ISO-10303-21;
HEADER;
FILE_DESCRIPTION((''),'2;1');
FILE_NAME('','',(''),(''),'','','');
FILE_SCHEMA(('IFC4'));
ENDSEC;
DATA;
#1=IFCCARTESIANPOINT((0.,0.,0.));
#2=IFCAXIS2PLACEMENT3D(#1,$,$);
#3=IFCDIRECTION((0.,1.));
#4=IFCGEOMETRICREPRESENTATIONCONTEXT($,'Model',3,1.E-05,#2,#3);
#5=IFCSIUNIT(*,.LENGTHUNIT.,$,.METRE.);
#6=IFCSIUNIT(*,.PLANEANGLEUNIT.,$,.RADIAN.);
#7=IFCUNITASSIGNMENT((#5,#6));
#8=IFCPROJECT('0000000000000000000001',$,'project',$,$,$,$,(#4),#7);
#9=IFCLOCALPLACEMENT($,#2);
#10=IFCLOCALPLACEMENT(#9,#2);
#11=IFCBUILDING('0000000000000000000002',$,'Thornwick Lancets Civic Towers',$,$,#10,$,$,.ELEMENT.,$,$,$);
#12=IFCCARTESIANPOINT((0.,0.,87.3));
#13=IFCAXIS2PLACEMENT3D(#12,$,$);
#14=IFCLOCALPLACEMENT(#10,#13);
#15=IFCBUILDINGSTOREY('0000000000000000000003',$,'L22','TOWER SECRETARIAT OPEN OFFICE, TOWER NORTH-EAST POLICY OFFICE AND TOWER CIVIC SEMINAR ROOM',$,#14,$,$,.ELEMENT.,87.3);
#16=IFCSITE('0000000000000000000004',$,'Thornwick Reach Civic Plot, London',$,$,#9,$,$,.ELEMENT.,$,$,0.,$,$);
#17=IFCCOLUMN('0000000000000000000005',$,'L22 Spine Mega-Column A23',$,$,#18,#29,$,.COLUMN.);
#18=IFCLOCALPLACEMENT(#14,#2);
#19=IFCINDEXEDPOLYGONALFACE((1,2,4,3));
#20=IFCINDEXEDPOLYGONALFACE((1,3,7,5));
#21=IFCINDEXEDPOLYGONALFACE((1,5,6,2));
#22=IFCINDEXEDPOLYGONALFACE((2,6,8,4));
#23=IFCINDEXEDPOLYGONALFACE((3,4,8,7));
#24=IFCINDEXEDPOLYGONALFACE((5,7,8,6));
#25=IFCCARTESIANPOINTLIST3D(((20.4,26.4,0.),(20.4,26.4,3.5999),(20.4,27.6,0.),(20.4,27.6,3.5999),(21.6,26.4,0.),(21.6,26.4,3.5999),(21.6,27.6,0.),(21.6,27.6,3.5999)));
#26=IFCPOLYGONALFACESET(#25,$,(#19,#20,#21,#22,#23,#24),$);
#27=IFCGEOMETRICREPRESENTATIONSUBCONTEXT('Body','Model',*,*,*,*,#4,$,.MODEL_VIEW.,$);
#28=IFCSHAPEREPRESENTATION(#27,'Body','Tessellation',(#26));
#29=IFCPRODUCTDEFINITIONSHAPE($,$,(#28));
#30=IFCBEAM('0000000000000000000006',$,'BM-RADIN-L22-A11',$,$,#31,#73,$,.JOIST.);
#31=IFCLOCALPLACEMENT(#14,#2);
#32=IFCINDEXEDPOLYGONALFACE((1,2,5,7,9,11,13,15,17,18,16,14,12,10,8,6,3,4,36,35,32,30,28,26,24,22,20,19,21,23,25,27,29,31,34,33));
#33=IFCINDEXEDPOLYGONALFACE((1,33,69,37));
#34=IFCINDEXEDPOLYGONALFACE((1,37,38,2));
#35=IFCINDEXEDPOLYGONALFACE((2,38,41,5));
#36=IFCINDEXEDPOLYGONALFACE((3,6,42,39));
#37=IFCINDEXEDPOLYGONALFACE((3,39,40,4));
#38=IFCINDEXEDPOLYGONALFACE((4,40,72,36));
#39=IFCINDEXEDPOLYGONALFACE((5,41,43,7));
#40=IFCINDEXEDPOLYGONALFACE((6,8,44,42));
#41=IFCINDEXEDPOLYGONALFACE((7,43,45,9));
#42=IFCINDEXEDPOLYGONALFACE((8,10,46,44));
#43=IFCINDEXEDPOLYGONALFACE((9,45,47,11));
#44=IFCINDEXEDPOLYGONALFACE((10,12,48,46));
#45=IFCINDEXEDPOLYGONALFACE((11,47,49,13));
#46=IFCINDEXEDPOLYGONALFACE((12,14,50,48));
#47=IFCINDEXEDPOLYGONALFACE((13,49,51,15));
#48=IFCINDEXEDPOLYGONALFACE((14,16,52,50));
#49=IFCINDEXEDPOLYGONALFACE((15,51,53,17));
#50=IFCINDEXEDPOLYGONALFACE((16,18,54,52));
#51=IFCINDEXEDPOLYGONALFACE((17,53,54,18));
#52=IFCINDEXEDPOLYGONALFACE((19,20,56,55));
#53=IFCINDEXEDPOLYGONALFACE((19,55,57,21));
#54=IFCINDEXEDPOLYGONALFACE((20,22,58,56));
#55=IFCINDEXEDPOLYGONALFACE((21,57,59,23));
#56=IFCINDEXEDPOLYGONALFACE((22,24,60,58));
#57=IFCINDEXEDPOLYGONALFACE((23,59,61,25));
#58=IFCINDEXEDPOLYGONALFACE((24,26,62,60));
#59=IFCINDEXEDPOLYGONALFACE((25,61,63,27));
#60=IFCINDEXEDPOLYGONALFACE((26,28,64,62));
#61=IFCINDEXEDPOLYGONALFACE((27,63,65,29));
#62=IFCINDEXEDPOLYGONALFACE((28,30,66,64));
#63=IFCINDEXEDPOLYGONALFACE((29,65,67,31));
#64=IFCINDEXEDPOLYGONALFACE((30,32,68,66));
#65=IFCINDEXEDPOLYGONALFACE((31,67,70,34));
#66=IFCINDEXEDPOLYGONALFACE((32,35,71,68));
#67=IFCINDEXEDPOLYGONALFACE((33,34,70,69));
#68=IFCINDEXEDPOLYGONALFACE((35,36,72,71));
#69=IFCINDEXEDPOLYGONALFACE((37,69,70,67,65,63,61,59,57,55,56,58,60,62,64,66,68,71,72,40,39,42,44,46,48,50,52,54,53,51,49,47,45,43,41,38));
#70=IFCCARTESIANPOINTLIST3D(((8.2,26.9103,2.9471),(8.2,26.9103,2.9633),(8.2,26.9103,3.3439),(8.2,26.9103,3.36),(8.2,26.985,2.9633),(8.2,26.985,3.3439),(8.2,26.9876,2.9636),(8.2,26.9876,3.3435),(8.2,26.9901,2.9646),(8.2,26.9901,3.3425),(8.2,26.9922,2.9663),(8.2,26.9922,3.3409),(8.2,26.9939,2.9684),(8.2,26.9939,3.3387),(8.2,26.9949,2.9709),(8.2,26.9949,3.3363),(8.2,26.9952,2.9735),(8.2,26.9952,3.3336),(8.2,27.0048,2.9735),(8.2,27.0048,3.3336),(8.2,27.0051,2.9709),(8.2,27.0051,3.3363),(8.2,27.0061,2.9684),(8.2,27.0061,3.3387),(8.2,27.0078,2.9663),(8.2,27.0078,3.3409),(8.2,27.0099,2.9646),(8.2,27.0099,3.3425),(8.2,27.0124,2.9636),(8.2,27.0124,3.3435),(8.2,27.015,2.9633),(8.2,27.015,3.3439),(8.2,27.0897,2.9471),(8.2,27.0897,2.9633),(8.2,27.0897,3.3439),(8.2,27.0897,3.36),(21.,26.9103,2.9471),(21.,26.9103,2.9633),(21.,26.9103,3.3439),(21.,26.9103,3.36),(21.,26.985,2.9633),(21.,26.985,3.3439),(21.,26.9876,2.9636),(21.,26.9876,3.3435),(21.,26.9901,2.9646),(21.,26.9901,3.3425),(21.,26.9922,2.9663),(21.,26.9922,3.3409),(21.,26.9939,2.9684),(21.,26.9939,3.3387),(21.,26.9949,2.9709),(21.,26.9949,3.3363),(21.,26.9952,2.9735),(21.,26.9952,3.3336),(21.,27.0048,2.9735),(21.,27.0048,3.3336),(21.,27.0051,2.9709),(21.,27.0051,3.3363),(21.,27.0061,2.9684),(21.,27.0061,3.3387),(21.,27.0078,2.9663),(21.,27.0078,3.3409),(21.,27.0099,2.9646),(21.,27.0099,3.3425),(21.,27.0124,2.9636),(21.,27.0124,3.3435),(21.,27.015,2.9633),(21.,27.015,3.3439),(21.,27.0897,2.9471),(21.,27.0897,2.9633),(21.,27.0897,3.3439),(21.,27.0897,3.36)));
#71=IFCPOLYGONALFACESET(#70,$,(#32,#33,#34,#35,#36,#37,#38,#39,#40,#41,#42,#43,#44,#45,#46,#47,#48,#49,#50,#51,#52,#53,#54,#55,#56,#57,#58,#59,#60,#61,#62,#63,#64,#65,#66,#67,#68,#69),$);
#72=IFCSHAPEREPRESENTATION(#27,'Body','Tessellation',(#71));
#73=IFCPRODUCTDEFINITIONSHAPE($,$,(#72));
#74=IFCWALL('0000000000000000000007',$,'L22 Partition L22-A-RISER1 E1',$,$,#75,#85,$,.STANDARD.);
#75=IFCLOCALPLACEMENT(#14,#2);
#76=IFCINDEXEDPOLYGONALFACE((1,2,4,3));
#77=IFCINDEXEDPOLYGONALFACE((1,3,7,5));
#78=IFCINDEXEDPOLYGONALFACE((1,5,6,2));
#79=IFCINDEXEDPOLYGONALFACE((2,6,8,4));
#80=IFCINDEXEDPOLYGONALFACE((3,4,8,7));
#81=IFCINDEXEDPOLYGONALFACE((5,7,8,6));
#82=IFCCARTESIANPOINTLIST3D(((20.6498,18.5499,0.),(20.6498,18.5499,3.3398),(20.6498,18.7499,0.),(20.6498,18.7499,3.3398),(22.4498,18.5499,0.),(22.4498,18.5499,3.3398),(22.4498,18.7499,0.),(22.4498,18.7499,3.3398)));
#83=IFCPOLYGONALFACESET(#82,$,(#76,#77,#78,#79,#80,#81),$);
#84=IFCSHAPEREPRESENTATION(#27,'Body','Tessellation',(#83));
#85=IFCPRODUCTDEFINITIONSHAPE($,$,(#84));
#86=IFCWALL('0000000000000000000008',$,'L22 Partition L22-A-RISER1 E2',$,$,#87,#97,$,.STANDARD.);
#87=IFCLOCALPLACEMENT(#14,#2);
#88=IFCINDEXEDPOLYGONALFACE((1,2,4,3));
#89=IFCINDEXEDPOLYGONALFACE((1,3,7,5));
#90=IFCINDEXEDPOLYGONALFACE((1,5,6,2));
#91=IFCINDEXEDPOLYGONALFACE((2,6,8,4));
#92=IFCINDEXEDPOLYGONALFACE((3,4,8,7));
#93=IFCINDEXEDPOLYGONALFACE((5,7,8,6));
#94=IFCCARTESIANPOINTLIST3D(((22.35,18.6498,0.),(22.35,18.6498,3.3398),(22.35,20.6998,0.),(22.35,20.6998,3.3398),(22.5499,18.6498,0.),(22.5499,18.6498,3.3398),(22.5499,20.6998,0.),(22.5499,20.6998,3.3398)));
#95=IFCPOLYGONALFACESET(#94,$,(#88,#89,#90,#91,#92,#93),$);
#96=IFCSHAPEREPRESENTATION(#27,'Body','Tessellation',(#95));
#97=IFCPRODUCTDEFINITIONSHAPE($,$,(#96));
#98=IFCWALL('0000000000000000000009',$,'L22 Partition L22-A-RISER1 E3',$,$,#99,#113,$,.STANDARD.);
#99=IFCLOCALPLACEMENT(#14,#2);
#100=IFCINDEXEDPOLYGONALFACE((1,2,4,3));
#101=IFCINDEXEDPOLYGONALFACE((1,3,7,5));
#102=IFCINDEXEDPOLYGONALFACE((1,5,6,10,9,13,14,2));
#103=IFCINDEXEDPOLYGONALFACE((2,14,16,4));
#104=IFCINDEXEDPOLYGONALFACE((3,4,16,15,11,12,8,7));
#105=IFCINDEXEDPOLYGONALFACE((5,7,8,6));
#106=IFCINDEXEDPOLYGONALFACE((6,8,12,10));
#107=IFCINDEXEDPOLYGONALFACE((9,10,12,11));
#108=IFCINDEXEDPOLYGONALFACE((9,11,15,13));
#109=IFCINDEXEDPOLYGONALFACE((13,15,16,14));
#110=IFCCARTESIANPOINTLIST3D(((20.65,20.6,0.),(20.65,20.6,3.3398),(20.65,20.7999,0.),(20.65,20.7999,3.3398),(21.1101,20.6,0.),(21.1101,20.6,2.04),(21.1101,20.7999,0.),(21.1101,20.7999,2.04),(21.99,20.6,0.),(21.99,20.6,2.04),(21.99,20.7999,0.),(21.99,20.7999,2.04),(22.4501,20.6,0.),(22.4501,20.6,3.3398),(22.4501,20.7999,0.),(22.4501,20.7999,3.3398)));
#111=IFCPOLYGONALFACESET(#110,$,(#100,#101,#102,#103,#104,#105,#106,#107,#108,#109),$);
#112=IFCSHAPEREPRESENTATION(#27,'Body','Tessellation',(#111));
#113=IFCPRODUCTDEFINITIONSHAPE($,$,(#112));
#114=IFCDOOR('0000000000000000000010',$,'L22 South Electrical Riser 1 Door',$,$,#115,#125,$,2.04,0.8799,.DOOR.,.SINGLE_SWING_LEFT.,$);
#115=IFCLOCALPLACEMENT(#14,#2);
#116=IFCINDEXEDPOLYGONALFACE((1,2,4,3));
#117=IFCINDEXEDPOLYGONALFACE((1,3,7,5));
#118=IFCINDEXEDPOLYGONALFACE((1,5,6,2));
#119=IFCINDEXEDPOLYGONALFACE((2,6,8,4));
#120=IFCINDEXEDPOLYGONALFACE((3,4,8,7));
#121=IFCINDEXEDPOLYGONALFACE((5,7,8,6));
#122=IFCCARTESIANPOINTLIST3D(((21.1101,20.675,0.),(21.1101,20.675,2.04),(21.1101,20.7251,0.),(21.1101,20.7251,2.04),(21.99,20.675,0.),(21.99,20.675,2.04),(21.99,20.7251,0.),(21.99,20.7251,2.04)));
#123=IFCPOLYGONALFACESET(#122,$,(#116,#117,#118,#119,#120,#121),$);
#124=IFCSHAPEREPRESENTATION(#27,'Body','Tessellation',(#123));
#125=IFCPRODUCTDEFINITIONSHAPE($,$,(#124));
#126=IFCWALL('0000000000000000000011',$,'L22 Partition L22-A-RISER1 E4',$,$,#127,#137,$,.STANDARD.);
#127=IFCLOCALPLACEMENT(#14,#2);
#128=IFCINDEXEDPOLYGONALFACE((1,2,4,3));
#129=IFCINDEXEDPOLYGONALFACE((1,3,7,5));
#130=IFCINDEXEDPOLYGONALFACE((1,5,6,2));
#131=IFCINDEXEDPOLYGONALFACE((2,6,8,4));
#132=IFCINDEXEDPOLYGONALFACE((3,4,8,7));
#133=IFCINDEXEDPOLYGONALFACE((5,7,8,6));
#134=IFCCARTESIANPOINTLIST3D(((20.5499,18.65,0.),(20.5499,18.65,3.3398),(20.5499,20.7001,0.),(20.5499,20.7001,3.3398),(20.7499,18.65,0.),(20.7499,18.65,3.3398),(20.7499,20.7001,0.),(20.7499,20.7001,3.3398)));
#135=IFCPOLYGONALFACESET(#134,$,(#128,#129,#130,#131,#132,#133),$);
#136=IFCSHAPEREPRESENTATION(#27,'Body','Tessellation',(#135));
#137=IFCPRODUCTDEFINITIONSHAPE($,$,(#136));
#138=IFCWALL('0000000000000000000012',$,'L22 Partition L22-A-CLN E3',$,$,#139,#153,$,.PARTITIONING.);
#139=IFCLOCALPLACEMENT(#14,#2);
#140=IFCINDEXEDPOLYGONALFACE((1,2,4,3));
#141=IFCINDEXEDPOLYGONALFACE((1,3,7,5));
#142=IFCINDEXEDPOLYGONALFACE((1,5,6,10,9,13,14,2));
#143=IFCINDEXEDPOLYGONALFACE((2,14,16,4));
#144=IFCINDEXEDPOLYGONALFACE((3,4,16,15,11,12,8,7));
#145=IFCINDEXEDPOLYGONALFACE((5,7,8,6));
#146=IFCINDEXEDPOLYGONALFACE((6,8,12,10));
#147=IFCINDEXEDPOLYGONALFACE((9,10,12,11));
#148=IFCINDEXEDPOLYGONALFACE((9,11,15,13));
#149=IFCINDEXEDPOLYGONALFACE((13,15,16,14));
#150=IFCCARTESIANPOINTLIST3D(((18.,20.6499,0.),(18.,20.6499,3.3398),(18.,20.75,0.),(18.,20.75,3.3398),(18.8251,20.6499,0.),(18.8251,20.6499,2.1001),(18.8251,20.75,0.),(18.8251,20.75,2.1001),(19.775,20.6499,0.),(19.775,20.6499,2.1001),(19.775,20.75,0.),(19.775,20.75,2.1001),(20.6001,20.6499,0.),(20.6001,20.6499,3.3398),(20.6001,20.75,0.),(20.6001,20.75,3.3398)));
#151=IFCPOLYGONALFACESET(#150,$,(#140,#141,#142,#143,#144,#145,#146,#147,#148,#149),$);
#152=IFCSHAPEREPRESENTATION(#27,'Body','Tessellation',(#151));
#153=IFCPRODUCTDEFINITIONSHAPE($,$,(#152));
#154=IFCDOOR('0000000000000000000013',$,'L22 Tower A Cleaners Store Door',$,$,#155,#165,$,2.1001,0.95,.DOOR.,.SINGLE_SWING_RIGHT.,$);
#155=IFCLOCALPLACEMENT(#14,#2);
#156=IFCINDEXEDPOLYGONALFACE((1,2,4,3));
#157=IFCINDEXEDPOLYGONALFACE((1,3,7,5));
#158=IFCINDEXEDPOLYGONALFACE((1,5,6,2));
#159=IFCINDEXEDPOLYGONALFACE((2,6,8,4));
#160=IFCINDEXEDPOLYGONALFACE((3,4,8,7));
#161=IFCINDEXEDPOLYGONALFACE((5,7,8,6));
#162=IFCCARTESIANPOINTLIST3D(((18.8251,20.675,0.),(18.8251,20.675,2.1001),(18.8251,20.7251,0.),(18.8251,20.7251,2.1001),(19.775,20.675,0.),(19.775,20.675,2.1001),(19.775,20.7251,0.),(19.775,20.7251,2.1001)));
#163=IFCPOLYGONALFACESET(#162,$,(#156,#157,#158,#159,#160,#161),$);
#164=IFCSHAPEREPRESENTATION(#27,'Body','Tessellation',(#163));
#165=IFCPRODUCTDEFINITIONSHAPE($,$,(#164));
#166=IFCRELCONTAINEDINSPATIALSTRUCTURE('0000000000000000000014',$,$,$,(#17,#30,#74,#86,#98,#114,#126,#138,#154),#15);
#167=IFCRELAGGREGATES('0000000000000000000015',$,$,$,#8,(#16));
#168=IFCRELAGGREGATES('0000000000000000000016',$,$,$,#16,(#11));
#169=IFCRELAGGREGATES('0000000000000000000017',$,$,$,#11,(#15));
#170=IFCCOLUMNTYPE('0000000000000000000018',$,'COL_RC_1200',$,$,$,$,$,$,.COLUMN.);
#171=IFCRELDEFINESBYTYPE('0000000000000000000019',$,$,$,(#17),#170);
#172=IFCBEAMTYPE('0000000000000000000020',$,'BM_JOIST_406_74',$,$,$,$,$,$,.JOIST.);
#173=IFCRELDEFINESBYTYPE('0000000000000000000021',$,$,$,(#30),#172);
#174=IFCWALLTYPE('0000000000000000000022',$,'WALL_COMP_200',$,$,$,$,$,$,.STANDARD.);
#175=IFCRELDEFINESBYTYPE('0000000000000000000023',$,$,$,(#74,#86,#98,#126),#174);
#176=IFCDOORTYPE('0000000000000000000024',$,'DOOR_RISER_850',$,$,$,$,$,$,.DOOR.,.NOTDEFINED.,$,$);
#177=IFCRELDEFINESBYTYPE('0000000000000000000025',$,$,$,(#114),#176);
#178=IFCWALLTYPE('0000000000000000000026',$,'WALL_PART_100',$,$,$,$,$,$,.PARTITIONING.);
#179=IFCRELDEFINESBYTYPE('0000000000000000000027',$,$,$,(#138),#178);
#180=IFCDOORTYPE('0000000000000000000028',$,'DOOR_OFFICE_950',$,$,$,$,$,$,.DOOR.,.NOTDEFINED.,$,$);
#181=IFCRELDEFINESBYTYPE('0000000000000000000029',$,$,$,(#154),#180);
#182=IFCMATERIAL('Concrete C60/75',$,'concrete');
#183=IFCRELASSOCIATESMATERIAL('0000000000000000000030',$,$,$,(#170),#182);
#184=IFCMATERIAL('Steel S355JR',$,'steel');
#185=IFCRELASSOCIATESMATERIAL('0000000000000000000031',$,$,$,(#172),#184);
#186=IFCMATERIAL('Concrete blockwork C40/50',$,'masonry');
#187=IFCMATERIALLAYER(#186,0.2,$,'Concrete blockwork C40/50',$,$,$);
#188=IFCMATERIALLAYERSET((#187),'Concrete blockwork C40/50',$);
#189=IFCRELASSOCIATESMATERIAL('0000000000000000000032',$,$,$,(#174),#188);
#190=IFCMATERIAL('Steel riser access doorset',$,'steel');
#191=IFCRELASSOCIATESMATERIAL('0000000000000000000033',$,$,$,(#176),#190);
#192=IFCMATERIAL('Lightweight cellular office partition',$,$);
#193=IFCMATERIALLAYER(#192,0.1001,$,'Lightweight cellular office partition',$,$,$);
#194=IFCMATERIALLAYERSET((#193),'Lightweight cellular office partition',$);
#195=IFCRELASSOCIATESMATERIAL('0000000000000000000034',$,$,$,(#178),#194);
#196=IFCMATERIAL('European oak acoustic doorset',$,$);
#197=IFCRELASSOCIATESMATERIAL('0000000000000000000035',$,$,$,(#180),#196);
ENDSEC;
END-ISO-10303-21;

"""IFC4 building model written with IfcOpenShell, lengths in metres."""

from ifc_helpers import new_model, si_unit, direction, frame, frame_2d, origin, origin_2d, place, context, subcontext, project, spatial, rectangle, i_section, extrude, material, layer, layer_set, material_profile, profile_set, type_object, element, fill, save


model = new_model("IFC4")

# Units and contexts
model_context = context("Model", 3, precision=1e-05, world=origin(), true_north=direction((0.0, 1.0)))
body_context = subcontext(model_context, "Body", "Model", "MODEL_VIEW")
ifc_project = project(units=[si_unit("LENGTHUNIT", "METRE"), si_unit("PLANEANGLEUNIT", "RADIAN")], contexts=[model_context])

# Site, building, storey
site_placement = place(None, origin())
site = spatial("IfcSite", under=ifc_project, at=site_placement, Name="Thornwick Reach Civic Plot, London", CompositionType="ELEMENT", RefElevation=0.0)
building_placement = place(site_placement, origin())
building = spatial("IfcBuilding", under=site, at=building_placement, Name="Thornwick Lancets Civic Towers", CompositionType="ELEMENT")
storey_placement = place(building_placement, frame((0.0, 0.0, 87.3)))
storey = spatial("IfcBuildingStorey", under=building, at=storey_placement, Name="L22", Description="TOWER SECRETARIAT OPEN OFFICE, TOWER NORTH-EAST POLICY OFFICE AND TOWER CIVIC SEMINAR ROOM", CompositionType="ELEMENT", Elevation=87.3)

# Column
ifc_material_1 = material(Name="Concrete C60/75", Category="concrete")
ifc_material_profile_1 = material_profile(ifc_material_1, rectangle(XDim=1.2, YDim=1.2, at=origin_2d()), Name="RC 1200x1200")
ifc_profile_set_1 = profile_set([ifc_material_profile_1], Name="Concrete C60/75")
column_type = type_object("IfcColumnType", Name="COL_RC_1200", PredefinedType="COLUMN", material=ifc_profile_set_1)
column_placement = place(storey_placement, frame((21.0, 27.0, 0.0), z_axis=(0.0, 0.0, 1.0), x_axis=(1.0, 0.0, 0.0)))
element("IfcColumn", 1, at=column_placement, inside=storey, type_object=column_type, Name="L22 Spine Mega-Column A23", PredefinedType="COLUMN", context=body_context, shape_type="SweptSolid", body=[
    extrude(rectangle(XDim=1.2, YDim=1.2, at=origin_2d()), origin(), (0.0, 0.0, 1.0), 3.5999),
])

# Beam
ifc_material_2 = material(Name="Steel S355JR", Category="steel")
ifc_material_profile_2 = material_profile(ifc_material_2, i_section(OverallWidth=0.1794, OverallDepth=0.4128, WebThickness=0.0095, FlangeThickness=0.0161, FilletRadius=0.0103, at=origin_2d()), Name="UKB 406x178x74")
ifc_profile_set_2 = profile_set([ifc_material_profile_2], Name="Steel S355JR")
beam_type = type_object("IfcBeamType", Name="BM_JOIST_406_74", PredefinedType="JOIST", material=ifc_profile_set_2)
beam_placement = place(storey_placement, frame((21.0, 27.0, 3.1536), z_axis=(-1.0, 0.0, 0.0), x_axis=(0.0, -1.0, 0.0)))
element("IfcBeam", 2, at=beam_placement, inside=storey, type_object=beam_type, Name="BM-RADIN-L22-A11", PredefinedType="JOIST", context=body_context, shape_type="SweptSolid", body=[
    extrude(i_section(OverallWidth=0.1794, OverallDepth=0.4128, WebThickness=0.0095, FlangeThickness=0.0161, FilletRadius=0.0103, at=origin_2d()), origin(), (0.0, 0.0, 1.0), 12.8),
])

# Walls
ifc_material_3 = material(Name="Concrete blockwork C40/50", Category="masonry")
ifc_layer_1 = layer(ifc_material_3, 0.2, Name="Concrete blockwork C40/50")
ifc_layer_set_1 = layer_set([ifc_layer_1], Name="Concrete blockwork C40/50")
wall_type_1 = type_object("IfcWallType", Name="WALL_COMP_200", PredefinedType="STANDARD", material=ifc_layer_set_1)
wall_1_placement = place(storey_placement, frame((20.6499, 18.6499, 0.0), z_axis=(0.0, 0.0, 1.0), x_axis=(1.0, 0.0, 0.0)))
element("IfcWall", 3, at=wall_1_placement, inside=storey, type_object=wall_type_1, Name="L22 Partition L22-A-RISER1 E1", PredefinedType="STANDARD", context=body_context, shape_type="SweptSolid", body=[
    extrude(rectangle(XDim=1.8, YDim=0.2, at=frame_2d((0.8999, 0.0))), origin(), (0.0, 0.0, 1.0), 3.3398),
])
wall_2_placement = place(storey_placement, frame((22.45, 18.6499, 0.0), z_axis=(0.0, 0.0, 1.0), x_axis=(0.0, 1.0, 0.0)))
element("IfcWall", 4, at=wall_2_placement, inside=storey, type_object=wall_type_1, Name="L22 Partition L22-A-RISER1 E2", PredefinedType="STANDARD", context=body_context, shape_type="SweptSolid", body=[
    extrude(rectangle(XDim=2.05, YDim=0.2, at=frame_2d((1.0249, 0.0))), origin(), (0.0, 0.0, 1.0), 3.3398),
])

# Wall, opening, door
wall_3_placement = place(storey_placement, frame((22.45, 20.7, 0.0), z_axis=(0.0, 0.0, 1.0), x_axis=(-1.0, 0.0, 0.0)))
wall_3 = element("IfcWall", 5, at=wall_3_placement, inside=storey, type_object=wall_type_1, Name="L22 Partition L22-A-RISER1 E3", PredefinedType="STANDARD", context=body_context, shape_type="SweptSolid", body=[
    extrude(rectangle(XDim=1.8, YDim=0.2, at=frame_2d((0.8999, 0.0))), origin(), (0.0, 0.0, 1.0), 3.3398),
])
opening_1_placement = place(wall_3_placement, frame((0.46, 0.0, 0.0)))
opening_1 = element("IfcOpeningElement", 6, at=opening_1_placement, cuts=wall_3, PredefinedType="OPENING", context=body_context, shape_type="SweptSolid", body=[
    extrude(rectangle(XDim=0.8799, YDim=2.04, at=frame_2d((0.4399, 1.02))), frame((0.0, 0.1099, 0.0), z_axis=(0.0, -1.0, 0.0), x_axis=(1.0, 0.0, 0.0)), (0.0, 0.0, 1.0), 0.22),
])
ifc_material_4 = material(Name="Steel riser access doorset", Category="steel")
door_type_1 = type_object("IfcDoorType", Name="DOOR_RISER_850", OperationType="NOTDEFINED", PredefinedType="DOOR", material=ifc_material_4)
door_1_placement = place(opening_1_placement, origin())
door_1 = element("IfcDoor", 7, at=door_1_placement, inside=storey, type_object=door_type_1, Name="L22 South Electrical Riser 1 Door", OperationType="SINGLE_SWING_LEFT", OverallHeight=2.04, OverallWidth=0.8799, PredefinedType="DOOR", context=body_context, shape_type="SweptSolid", body=[
    extrude(rectangle(XDim=0.8799, YDim=2.04, at=frame_2d((0.4399, 1.02))), frame((0.0, 0.0249, 0.0), z_axis=(0.0, -1.0, 0.0), x_axis=(1.0, 0.0, 0.0)), (0.0, 0.0, 1.0), 0.05),
])
fill(opening_1, door_1)

# Wall
wall_4_placement = place(storey_placement, frame((20.6499, 20.7, 0.0), z_axis=(0.0, 0.0, 1.0), x_axis=(0.0, -1.0, 0.0)))
element("IfcWall", 8, at=wall_4_placement, inside=storey, type_object=wall_type_1, Name="L22 Partition L22-A-RISER1 E4", PredefinedType="STANDARD", context=body_context, shape_type="SweptSolid", body=[
    extrude(rectangle(XDim=2.05, YDim=0.2, at=frame_2d((1.0249, 0.0))), origin(), (0.0, 0.0, 1.0), 3.3398),
])

# Wall, opening, door
ifc_material_5 = material(Name="Lightweight cellular office partition")
ifc_layer_2 = layer(ifc_material_5, 0.1001, Name="Lightweight cellular office partition")
ifc_layer_set_2 = layer_set([ifc_layer_2], Name="Lightweight cellular office partition")
wall_type_2 = type_object("IfcWallType", Name="WALL_PART_100", PredefinedType="PARTITIONING", material=ifc_layer_set_2)
wall_5_placement = place(storey_placement, frame((20.6001, 20.7, 0.0), z_axis=(0.0, 0.0, 1.0), x_axis=(-1.0, 0.0, 0.0)))
wall_5 = element("IfcWall", 9, at=wall_5_placement, inside=storey, type_object=wall_type_2, Name="L22 Partition L22-A-CLN E3", PredefinedType="PARTITIONING", context=body_context, shape_type="SweptSolid", body=[
    extrude(rectangle(XDim=2.6001, YDim=0.1001, at=frame_2d((1.3, 0.0))), origin(), (0.0, 0.0, 1.0), 3.3398),
])
opening_2_placement = place(wall_5_placement, frame((0.825, 0.0, 0.0)))
opening_2 = element("IfcOpeningElement", 10, at=opening_2_placement, cuts=wall_5, PredefinedType="OPENING", context=body_context, shape_type="SweptSolid", body=[
    extrude(rectangle(XDim=0.95, YDim=2.1001, at=frame_2d((0.4751, 1.05))), frame((0.0, 0.0601, 0.0), z_axis=(0.0, -1.0, 0.0), x_axis=(1.0, 0.0, 0.0)), (0.0, 0.0, 1.0), 0.1201),
])
ifc_material_6 = material(Name="European oak acoustic doorset")
door_type_2 = type_object("IfcDoorType", Name="DOOR_OFFICE_950", OperationType="NOTDEFINED", PredefinedType="DOOR", material=ifc_material_6)
door_2_placement = place(opening_2_placement, origin())
door_2 = element("IfcDoor", 11, at=door_2_placement, inside=storey, type_object=door_type_2, Name="L22 Tower A Cleaners Store Door", OperationType="SINGLE_SWING_RIGHT", OverallHeight=2.1001, OverallWidth=0.95, PredefinedType="DOOR", context=body_context, shape_type="SweptSolid", body=[
    extrude(rectangle(XDim=0.95, YDim=2.1001, at=frame_2d((0.4751, 1.05))), frame((0.0, 0.0249, 0.0), z_axis=(0.0, -1.0, 0.0), x_axis=(1.0, 0.0, 0.0)), (0.0, 0.0, 1.0), 0.05),
])
fill(opening_2, door_2)

save(model, "model.ifc")
